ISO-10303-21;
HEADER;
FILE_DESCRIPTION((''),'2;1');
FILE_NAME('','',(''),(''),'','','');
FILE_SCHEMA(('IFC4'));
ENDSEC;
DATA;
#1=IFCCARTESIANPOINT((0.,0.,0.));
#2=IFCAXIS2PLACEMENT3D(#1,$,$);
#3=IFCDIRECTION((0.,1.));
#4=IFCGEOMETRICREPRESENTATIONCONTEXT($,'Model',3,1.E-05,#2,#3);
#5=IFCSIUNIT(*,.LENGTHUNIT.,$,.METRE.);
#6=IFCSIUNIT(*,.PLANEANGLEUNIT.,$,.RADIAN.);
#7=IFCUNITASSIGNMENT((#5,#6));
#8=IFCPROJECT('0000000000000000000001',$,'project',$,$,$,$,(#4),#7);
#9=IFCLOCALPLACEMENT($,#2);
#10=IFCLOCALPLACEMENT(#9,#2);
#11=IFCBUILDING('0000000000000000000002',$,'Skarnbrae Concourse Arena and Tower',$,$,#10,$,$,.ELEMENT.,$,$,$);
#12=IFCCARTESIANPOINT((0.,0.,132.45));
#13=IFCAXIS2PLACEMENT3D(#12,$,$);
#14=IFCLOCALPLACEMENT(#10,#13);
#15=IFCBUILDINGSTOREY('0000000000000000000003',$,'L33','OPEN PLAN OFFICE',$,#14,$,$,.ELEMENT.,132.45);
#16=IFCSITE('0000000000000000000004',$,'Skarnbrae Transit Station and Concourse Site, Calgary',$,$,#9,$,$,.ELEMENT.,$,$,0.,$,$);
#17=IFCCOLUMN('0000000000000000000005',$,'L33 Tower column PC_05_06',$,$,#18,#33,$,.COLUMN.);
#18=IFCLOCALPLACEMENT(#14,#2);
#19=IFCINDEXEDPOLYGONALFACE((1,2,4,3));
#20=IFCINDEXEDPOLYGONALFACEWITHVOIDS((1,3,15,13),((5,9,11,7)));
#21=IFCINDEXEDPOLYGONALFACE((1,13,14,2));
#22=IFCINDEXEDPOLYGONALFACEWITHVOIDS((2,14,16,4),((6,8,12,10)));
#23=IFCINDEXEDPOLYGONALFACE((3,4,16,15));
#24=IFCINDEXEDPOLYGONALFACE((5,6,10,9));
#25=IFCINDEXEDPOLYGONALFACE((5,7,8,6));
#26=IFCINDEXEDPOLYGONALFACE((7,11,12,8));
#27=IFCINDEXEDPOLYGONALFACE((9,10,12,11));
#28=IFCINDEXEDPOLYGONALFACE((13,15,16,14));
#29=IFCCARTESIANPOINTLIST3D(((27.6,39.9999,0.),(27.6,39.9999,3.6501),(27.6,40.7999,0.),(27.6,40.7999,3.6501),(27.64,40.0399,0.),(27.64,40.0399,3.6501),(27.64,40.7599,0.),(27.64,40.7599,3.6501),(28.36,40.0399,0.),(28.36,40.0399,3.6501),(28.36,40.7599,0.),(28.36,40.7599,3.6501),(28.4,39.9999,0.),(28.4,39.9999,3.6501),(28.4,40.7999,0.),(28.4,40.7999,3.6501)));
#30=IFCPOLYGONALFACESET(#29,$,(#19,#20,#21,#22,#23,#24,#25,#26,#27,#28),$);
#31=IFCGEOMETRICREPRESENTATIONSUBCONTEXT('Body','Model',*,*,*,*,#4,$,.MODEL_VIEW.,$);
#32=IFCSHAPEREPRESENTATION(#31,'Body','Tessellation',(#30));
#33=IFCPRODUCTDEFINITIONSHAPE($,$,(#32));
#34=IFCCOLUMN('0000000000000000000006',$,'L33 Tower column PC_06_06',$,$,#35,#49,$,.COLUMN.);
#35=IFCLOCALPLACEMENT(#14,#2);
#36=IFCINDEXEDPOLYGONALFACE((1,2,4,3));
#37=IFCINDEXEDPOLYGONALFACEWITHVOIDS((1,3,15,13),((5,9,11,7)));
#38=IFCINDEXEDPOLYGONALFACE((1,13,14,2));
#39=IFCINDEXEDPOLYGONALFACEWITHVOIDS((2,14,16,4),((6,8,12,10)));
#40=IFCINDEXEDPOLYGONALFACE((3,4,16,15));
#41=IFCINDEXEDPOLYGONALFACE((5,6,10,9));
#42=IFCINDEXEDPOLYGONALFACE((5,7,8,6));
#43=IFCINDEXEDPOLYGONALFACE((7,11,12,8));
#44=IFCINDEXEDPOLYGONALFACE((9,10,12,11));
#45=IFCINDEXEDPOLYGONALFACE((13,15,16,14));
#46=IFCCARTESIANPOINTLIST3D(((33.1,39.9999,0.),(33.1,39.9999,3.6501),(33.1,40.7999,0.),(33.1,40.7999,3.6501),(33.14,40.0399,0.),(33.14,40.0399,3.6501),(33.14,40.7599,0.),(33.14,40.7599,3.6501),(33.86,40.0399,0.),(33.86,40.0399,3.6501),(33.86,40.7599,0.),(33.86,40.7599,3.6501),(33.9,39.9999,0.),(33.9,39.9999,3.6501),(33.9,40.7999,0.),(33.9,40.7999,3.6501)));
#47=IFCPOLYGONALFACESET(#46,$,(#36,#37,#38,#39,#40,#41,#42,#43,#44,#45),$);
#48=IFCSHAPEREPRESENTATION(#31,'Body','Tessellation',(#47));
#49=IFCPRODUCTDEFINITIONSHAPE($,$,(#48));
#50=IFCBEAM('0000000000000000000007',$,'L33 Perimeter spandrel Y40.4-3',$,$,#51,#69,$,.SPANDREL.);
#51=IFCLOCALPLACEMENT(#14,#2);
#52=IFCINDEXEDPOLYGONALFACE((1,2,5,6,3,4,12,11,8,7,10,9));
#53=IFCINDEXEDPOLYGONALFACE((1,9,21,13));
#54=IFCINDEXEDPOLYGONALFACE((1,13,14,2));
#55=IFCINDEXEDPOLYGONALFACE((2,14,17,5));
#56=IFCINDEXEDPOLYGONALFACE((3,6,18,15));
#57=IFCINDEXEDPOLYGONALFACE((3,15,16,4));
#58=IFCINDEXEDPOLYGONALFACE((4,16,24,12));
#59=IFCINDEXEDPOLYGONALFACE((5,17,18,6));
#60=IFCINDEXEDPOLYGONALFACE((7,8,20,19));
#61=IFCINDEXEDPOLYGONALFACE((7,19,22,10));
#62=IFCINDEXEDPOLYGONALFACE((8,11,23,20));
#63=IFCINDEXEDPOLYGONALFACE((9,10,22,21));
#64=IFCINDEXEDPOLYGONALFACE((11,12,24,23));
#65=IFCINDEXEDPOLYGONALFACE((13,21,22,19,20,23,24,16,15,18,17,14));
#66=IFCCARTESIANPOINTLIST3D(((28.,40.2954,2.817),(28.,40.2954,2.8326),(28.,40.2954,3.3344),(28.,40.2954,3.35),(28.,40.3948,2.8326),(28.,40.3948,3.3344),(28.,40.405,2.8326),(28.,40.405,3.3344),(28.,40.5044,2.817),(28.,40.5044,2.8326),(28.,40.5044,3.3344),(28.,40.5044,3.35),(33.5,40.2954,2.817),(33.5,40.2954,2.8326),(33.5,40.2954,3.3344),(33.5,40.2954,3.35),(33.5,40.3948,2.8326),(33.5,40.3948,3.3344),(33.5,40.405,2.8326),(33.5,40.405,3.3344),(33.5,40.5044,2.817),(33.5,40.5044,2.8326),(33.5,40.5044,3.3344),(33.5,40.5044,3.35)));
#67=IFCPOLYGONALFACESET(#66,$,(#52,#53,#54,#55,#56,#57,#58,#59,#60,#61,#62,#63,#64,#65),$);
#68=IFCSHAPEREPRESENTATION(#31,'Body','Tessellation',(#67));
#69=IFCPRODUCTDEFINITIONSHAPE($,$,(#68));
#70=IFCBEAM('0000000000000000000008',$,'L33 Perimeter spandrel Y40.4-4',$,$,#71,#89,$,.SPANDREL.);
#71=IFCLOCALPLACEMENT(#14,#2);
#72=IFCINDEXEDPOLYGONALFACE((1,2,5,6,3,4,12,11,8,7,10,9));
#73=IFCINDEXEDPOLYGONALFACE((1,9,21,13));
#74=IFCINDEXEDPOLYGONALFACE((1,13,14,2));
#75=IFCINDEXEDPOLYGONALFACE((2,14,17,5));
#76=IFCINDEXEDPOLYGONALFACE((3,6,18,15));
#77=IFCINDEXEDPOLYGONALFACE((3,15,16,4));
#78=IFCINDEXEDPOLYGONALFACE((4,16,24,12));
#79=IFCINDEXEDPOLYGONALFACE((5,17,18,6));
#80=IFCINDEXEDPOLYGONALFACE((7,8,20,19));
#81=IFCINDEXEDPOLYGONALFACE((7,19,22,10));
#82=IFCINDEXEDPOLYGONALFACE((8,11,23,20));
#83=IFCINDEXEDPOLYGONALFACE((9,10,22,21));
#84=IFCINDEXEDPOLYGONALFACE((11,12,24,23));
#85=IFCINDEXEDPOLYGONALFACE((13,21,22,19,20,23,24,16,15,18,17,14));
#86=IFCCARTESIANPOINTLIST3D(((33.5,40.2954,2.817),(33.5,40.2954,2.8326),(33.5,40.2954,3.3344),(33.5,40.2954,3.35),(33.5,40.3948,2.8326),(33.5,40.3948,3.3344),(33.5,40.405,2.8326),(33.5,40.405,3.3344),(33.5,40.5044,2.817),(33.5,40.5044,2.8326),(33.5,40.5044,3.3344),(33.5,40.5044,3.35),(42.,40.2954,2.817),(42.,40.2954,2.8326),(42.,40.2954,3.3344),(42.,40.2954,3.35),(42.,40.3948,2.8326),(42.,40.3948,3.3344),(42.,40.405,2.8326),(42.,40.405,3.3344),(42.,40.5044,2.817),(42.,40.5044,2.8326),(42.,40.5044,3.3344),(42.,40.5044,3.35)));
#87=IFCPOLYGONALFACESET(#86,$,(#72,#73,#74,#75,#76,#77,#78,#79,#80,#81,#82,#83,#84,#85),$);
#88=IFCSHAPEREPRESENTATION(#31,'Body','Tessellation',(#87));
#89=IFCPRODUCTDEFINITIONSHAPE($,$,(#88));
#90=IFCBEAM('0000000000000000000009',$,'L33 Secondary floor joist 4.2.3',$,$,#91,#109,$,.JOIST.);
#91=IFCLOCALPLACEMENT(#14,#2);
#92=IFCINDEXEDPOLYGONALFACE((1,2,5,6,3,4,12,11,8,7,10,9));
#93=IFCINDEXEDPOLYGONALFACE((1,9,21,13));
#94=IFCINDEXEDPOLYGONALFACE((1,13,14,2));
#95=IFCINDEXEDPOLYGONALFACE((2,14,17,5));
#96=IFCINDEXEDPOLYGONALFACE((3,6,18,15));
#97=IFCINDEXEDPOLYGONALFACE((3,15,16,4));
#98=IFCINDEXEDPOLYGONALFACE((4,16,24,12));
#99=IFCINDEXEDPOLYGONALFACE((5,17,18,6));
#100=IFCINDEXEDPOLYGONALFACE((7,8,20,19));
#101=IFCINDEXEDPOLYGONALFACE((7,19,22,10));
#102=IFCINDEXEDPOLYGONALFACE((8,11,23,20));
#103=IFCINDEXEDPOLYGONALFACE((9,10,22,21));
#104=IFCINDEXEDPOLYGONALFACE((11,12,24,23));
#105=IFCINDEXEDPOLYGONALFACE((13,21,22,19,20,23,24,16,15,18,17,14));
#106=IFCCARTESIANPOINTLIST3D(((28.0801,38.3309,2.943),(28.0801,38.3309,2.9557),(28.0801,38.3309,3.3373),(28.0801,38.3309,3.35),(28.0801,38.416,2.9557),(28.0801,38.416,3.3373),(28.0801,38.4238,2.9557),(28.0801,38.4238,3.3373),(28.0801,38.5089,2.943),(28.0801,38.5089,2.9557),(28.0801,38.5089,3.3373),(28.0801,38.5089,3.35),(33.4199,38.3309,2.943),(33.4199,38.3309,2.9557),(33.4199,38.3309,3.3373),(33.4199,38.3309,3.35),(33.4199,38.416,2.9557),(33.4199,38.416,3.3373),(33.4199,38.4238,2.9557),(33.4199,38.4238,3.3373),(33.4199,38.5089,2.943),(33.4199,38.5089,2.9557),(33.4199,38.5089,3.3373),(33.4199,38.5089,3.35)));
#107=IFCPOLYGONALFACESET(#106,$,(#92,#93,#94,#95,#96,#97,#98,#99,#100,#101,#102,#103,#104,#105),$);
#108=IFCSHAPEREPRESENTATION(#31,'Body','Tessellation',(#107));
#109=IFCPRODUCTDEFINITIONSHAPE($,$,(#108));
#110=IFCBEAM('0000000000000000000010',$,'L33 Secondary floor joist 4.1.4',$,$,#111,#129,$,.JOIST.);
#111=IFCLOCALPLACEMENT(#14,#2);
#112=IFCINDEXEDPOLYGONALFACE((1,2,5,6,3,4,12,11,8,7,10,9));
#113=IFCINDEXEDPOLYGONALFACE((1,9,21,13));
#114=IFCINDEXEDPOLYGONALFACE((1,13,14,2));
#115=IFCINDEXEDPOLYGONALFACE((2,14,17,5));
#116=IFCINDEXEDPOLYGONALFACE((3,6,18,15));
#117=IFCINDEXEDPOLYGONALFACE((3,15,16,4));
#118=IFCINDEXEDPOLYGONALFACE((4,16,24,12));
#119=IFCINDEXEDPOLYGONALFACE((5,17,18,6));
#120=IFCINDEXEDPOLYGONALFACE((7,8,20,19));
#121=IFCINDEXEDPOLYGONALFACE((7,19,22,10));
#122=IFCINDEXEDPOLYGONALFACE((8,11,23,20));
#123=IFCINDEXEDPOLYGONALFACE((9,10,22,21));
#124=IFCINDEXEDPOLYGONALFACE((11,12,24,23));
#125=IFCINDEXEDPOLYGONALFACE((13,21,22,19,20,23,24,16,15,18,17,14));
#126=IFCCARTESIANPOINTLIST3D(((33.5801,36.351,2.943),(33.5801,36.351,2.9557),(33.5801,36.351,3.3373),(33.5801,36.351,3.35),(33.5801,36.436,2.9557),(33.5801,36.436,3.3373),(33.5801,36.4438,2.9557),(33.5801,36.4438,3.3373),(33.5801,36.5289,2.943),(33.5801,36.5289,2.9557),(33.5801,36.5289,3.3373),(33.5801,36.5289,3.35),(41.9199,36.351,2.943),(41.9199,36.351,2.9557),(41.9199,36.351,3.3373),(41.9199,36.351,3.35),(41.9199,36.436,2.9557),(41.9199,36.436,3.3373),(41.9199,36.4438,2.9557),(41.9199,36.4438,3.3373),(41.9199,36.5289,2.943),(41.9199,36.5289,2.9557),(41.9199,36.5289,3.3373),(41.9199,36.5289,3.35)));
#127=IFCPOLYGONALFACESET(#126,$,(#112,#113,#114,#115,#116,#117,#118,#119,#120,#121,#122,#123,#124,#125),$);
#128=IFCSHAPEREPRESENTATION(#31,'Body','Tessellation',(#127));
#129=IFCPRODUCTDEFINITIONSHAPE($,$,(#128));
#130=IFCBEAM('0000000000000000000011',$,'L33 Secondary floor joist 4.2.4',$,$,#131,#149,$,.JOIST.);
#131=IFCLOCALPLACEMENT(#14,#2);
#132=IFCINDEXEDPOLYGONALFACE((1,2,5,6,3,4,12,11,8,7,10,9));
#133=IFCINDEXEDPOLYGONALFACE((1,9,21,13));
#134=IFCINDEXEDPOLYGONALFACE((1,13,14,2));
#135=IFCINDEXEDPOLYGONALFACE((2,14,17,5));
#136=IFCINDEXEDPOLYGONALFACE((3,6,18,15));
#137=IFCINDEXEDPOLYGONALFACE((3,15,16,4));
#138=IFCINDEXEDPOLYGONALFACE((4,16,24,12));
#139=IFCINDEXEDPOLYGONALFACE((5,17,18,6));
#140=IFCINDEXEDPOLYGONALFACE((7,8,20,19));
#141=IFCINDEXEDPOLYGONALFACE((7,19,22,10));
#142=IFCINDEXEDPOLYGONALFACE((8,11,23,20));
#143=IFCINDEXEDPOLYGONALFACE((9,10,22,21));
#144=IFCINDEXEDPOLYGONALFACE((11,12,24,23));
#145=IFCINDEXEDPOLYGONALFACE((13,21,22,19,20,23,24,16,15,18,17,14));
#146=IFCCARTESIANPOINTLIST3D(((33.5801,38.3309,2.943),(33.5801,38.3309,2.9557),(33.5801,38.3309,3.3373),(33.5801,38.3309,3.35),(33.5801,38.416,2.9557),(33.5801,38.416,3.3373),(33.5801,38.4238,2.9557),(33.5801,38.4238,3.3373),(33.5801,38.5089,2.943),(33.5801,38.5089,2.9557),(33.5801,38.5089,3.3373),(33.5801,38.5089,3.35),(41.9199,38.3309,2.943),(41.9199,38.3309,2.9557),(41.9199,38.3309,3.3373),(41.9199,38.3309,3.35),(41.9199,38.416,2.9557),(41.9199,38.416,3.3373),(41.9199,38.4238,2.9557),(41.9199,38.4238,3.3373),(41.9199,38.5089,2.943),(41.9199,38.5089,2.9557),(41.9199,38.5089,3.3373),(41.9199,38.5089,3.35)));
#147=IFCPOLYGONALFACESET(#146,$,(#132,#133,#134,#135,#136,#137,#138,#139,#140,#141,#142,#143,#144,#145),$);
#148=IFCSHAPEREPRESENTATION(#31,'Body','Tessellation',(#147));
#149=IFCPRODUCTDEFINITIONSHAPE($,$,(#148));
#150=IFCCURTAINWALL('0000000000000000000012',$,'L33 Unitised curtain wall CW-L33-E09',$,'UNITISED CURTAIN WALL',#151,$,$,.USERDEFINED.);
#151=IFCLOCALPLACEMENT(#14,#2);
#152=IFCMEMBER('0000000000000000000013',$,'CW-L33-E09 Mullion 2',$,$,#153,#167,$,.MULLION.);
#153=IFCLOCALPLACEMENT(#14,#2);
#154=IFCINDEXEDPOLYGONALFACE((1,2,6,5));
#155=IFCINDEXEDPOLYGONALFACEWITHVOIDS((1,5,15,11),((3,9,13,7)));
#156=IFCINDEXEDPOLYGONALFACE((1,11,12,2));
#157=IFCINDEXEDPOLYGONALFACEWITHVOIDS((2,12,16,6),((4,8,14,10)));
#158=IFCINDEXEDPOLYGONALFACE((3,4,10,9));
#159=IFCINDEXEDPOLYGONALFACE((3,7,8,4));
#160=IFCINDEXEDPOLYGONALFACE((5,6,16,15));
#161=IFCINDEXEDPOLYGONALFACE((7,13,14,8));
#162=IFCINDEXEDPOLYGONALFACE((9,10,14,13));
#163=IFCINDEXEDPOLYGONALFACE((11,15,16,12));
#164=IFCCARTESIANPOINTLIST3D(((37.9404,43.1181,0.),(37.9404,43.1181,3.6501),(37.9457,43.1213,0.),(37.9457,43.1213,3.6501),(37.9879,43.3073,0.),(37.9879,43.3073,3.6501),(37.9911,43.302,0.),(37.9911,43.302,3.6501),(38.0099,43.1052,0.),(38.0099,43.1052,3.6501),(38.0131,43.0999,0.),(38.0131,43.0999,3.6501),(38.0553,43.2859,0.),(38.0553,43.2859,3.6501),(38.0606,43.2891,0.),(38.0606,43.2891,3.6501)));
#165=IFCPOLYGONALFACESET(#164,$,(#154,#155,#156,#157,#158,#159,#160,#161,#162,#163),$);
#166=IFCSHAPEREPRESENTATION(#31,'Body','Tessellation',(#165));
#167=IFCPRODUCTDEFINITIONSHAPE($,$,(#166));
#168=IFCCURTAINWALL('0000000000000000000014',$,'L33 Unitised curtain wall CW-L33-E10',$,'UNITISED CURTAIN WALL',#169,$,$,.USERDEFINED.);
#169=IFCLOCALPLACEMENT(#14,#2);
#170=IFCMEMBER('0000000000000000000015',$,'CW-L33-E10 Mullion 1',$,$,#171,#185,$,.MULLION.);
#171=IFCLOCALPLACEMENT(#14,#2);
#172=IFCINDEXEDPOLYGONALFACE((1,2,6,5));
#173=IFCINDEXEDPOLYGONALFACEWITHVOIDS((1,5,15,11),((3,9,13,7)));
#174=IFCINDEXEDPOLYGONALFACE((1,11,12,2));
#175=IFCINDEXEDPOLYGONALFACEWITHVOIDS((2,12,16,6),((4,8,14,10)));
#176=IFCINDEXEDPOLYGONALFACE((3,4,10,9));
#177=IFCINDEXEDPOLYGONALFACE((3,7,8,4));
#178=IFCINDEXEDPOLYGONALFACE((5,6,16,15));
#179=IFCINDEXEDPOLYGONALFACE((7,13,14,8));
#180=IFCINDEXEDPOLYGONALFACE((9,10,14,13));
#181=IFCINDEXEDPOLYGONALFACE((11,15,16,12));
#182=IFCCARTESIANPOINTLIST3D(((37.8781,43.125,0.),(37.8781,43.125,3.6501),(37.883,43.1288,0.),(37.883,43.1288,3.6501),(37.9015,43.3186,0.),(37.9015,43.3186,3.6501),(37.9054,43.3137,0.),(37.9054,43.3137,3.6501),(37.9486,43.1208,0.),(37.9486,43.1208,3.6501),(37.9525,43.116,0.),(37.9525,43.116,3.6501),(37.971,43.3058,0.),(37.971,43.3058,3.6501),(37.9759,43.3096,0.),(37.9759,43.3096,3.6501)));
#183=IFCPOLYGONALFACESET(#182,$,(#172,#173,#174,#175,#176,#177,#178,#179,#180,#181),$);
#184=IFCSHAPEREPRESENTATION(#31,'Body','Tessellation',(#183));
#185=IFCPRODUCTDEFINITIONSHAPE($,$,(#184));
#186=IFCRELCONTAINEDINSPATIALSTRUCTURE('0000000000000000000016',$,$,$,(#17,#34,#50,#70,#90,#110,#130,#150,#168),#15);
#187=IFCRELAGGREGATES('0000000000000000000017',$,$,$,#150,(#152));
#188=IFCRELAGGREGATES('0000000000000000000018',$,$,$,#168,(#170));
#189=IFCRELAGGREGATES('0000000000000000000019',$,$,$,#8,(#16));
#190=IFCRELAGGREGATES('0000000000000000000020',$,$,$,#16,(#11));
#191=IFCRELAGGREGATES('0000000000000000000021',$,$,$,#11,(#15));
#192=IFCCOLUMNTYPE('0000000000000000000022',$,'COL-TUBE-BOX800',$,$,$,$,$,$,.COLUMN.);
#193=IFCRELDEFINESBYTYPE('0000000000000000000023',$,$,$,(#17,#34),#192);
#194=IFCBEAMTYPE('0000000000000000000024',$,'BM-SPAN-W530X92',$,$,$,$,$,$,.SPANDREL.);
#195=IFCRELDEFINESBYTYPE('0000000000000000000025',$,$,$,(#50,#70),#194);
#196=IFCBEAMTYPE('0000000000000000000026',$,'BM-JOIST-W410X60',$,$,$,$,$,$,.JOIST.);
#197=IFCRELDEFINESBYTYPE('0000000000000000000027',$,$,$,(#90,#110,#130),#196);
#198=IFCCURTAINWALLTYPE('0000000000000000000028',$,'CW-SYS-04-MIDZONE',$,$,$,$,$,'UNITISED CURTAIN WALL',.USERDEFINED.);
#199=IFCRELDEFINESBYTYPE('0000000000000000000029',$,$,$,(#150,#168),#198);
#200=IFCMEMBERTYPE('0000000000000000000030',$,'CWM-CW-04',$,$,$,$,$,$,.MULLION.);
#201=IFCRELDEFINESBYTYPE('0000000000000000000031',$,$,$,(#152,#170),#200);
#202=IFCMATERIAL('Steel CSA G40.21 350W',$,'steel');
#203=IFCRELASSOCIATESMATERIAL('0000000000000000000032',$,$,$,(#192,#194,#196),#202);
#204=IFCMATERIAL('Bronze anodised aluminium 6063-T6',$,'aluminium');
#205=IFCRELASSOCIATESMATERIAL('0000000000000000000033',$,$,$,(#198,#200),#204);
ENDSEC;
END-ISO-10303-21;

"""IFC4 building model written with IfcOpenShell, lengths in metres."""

from ifc_helpers import new_model, si_unit, direction, frame, origin, origin_2d, place, context, subcontext, project, spatial, hollow_rectangle, i_section, extrude, source, transform, mapped, material, material_profile, profile_set, type_object, element, aggregate, save


model = new_model("IFC4")

# Units and contexts
model_context = context("Model", 3, precision=1e-05, world=origin(), true_north=direction((0.0, 1.0)))
body_context = subcontext(model_context, "Body", "Model", "MODEL_VIEW")
ifc_project = project(units=[si_unit("LENGTHUNIT", "METRE"), si_unit("PLANEANGLEUNIT", "RADIAN")], contexts=[model_context])

# Site, building, storey
site_placement = place(None, origin())
site = spatial("IfcSite", under=ifc_project, at=site_placement, Name="Skarnbrae Transit Station and Concourse Site, Calgary", CompositionType="ELEMENT", RefElevation=0.0)
building_placement = place(site_placement, origin())
building = spatial("IfcBuilding", under=site, at=building_placement, Name="Skarnbrae Concourse Arena and Tower", CompositionType="ELEMENT")
storey_placement = place(building_placement, frame((0.0, 0.0, 132.45)))
storey = spatial("IfcBuildingStorey", under=building, at=storey_placement, Name="L33", Description="OPEN PLAN OFFICE", CompositionType="ELEMENT", Elevation=132.45)

# Columns
ifc_material_1 = material(Name="Steel CSA G40.21 350W", Category="steel")
ifc_material_profile_1 = material_profile(ifc_material_1, hollow_rectangle(XDim=0.8, YDim=0.8, WallThickness=0.04, at=origin_2d()), Name="BOX800X800X40")
ifc_profile_set_1 = profile_set([ifc_material_profile_1], Name="Steel CSA G40.21 350W")
column_type = type_object("IfcColumnType", Name="COL-TUBE-BOX800", PredefinedType="COLUMN", material=ifc_profile_set_1)
shared_shape_1 = source(origin(), body_context, "Body", "SweptSolid", [
    extrude(hollow_rectangle(XDim=0.8, YDim=0.8, WallThickness=0.04, at=origin_2d()), origin(), (0.0, 0.0, 1.0), 3.6501),
])
for number, where, z_axis, x_axis, name in (
    (1, (28.0, 40.3999, 0.0), (0.0, 0.0, 1.0), (1.0, 0.0, 0.0), "L33 Tower column PC_05_06"),
    (2, (33.5, 40.3999, 0.0), (0.0, 0.0, 1.0), (1.0, 0.0, 0.0), "L33 Tower column PC_06_06"),
):
    element("IfcColumn", number, at=place(storey_placement, frame(where, z_axis=z_axis, x_axis=x_axis)), inside=storey, type_object=column_type, Name=name, PredefinedType="COLUMN", context=body_context, shape_type="MappedRepresentation", body=[
        mapped(shared_shape_1, transform((0.0, 0.0, 0.0))),
    ])

# Beams
ifc_material_profile_2 = material_profile(ifc_material_1, i_section(OverallWidth=0.209, OverallDepth=0.533, WebThickness=0.0103, FlangeThickness=0.0156, at=origin_2d()), Name="W530X92")
ifc_profile_set_2 = profile_set([ifc_material_profile_2], Name="Steel CSA G40.21 350W")
beam_type_1 = type_object("IfcBeamType", Name="BM-SPAN-W530X92", PredefinedType="SPANDREL", material=ifc_profile_set_2)
shared_shape_2 = source(origin(), body_context, "Body", "SweptSolid", [
    extrude(i_section(OverallWidth=0.209, OverallDepth=0.533, WebThickness=0.0103, FlangeThickness=0.0156, at=origin_2d()), origin(), (0.0, 0.0, 1.0), 5.5),
])
beam_1_placement = place(storey_placement, frame((28.0, 40.3999, 3.0835), z_axis=(1.0, 0.0, 0.0), x_axis=(0.0, 1.0, 0.0)))
element("IfcBeam", 3, at=beam_1_placement, inside=storey, type_object=beam_type_1, Name="L33 Perimeter spandrel Y40.4-3", PredefinedType="SPANDREL", context=body_context, shape_type="MappedRepresentation", body=[
    mapped(shared_shape_2, transform((0.0, 0.0, 0.0))),
])
shared_shape_3 = source(origin(), body_context, "Body", "SweptSolid", [
    extrude(i_section(OverallWidth=0.209, OverallDepth=0.533, WebThickness=0.0103, FlangeThickness=0.0156, at=origin_2d()), origin(), (0.0, 0.0, 1.0), 8.5),
])
beam_2_placement = place(storey_placement, frame((33.5, 40.3999, 3.0835), z_axis=(1.0, 0.0, 0.0), x_axis=(0.0, 1.0, 0.0)))
element("IfcBeam", 4, at=beam_2_placement, inside=storey, type_object=beam_type_1, Name="L33 Perimeter spandrel Y40.4-4", PredefinedType="SPANDREL", context=body_context, shape_type="MappedRepresentation", body=[
    mapped(shared_shape_3, transform((0.0, 0.0, 0.0))),
])
ifc_material_profile_3 = material_profile(ifc_material_1, i_section(OverallWidth=0.178, OverallDepth=0.407, WebThickness=0.0078, FlangeThickness=0.0127, at=origin_2d()), Name="W410X60")
ifc_profile_set_3 = profile_set([ifc_material_profile_3], Name="Steel CSA G40.21 350W")
beam_type_2 = type_object("IfcBeamType", Name="BM-JOIST-W410X60", PredefinedType="JOIST", material=ifc_profile_set_3)
shared_shape_4 = source(origin(), body_context, "Body", "SweptSolid", [
    extrude(i_section(OverallWidth=0.178, OverallDepth=0.407, WebThickness=0.0078, FlangeThickness=0.0127, at=origin_2d()), origin(), (0.0, 0.0, 1.0), 5.3398),
])
beam_3_placement = place(storey_placement, frame((28.0801, 38.4199, 3.1465), z_axis=(1.0, 0.0, 0.0), x_axis=(0.0, 1.0, 0.0)))
element("IfcBeam", 5, at=beam_3_placement, inside=storey, type_object=beam_type_2, Name="L33 Secondary floor joist 4.2.3", PredefinedType="JOIST", context=body_context, shape_type="MappedRepresentation", body=[
    mapped(shared_shape_4, transform((0.0, 0.0, 0.0))),
])
shared_shape_5 = source(origin(), body_context, "Body", "SweptSolid", [
    extrude(i_section(OverallWidth=0.178, OverallDepth=0.407, WebThickness=0.0078, FlangeThickness=0.0127, at=origin_2d()), origin(), (0.0, 0.0, 1.0), 8.3398),
])
for number, where, z_axis, x_axis, name in (
    (6, (33.5801, 36.4399, 3.1465), (1.0, 0.0, 0.0), (0.0, 1.0, 0.0), "L33 Secondary floor joist 4.1.4"),
    (7, (33.5801, 38.4199, 3.1465), (1.0, 0.0, 0.0), (0.0, 1.0, 0.0), "L33 Secondary floor joist 4.2.4"),
):
    element("IfcBeam", number, at=place(storey_placement, frame(where, z_axis=z_axis, x_axis=x_axis)), inside=storey, type_object=beam_type_2, Name=name, PredefinedType="JOIST", context=body_context, shape_type="MappedRepresentation", body=[
        mapped(shared_shape_5, transform((0.0, 0.0, 0.0))),
    ])

# Curtain wall, member
ifc_material_2 = material(Name="Bronze anodised aluminium 6063-T6", Category="aluminium")
curtain_wall_type = type_object("IfcCurtainWallType", Name="CW-SYS-04-MIDZONE", ElementType="UNITISED CURTAIN WALL", PredefinedType="USERDEFINED", material=ifc_material_2)
curtain_wall_1_placement = place(storey_placement, origin())
curtain_wall_1 = element("IfcCurtainWall", 8, at=curtain_wall_1_placement, inside=storey, type_object=curtain_wall_type, Name="L33 Unitised curtain wall CW-L33-E09", ObjectType="UNITISED CURTAIN WALL", PredefinedType="USERDEFINED")
ifc_material_profile_4 = material_profile(ifc_material_2, hollow_rectangle(XDim=0.075, YDim=0.1951, WallThickness=0.0044, at=origin_2d()), Name="ALU-MULL-75X195")
ifc_profile_set_4 = profile_set([ifc_material_profile_4], Name="Bronze anodised aluminium 6063-T6")
member_type_1 = type_object("IfcMemberType", Name="CWM-CW-04", PredefinedType="MULLION", material=ifc_profile_set_4)
shared_shape_6 = source(origin(), body_context, "Body", "SweptSolid", [
    extrude(hollow_rectangle(XDim=0.075, YDim=0.1951, WallThickness=0.0044, at=origin_2d()), origin(), (0.0, 0.0, 1.0), 3.6501),
])
member_1_placement = place(storey_placement, frame((38.0005, 43.2036, 0.0), z_axis=(0.0, 0.0, 1.0), x_axis=(-0.969903, 0.243491, 0.0)))
member_1 = element("IfcMember", 9, at=member_1_placement, type_object=member_type_1, Name="CW-L33-E09 Mullion 2", PredefinedType="MULLION", context=body_context, shape_type="MappedRepresentation", body=[
    mapped(shared_shape_6, transform((0.0, 0.0, 0.0))),
])
aggregate(curtain_wall_1, [member_1])

# Curtain wall, member
curtain_wall_2_placement = place(storey_placement, origin())
curtain_wall_2 = element("IfcCurtainWall", 10, at=curtain_wall_2_placement, inside=storey, type_object=curtain_wall_type, Name="L33 Unitised curtain wall CW-L33-E10", ObjectType="UNITISED CURTAIN WALL", PredefinedType="USERDEFINED")
member_2_placement = place(storey_placement, frame((37.927, 43.2173, 0.0), z_axis=(0.0, 0.0, 1.0), x_axis=(-0.992749, 0.120203, 0.0)))
member_2 = element("IfcMember", 11, at=member_2_placement, type_object=member_type_1, Name="CW-L33-E10 Mullion 1", PredefinedType="MULLION", context=body_context, shape_type="MappedRepresentation", body=[
    mapped(shared_shape_6, transform((0.0, 0.0, 0.0))),
])

aggregate(curtain_wall_2, [member_2])

save(model, "model.ifc")
